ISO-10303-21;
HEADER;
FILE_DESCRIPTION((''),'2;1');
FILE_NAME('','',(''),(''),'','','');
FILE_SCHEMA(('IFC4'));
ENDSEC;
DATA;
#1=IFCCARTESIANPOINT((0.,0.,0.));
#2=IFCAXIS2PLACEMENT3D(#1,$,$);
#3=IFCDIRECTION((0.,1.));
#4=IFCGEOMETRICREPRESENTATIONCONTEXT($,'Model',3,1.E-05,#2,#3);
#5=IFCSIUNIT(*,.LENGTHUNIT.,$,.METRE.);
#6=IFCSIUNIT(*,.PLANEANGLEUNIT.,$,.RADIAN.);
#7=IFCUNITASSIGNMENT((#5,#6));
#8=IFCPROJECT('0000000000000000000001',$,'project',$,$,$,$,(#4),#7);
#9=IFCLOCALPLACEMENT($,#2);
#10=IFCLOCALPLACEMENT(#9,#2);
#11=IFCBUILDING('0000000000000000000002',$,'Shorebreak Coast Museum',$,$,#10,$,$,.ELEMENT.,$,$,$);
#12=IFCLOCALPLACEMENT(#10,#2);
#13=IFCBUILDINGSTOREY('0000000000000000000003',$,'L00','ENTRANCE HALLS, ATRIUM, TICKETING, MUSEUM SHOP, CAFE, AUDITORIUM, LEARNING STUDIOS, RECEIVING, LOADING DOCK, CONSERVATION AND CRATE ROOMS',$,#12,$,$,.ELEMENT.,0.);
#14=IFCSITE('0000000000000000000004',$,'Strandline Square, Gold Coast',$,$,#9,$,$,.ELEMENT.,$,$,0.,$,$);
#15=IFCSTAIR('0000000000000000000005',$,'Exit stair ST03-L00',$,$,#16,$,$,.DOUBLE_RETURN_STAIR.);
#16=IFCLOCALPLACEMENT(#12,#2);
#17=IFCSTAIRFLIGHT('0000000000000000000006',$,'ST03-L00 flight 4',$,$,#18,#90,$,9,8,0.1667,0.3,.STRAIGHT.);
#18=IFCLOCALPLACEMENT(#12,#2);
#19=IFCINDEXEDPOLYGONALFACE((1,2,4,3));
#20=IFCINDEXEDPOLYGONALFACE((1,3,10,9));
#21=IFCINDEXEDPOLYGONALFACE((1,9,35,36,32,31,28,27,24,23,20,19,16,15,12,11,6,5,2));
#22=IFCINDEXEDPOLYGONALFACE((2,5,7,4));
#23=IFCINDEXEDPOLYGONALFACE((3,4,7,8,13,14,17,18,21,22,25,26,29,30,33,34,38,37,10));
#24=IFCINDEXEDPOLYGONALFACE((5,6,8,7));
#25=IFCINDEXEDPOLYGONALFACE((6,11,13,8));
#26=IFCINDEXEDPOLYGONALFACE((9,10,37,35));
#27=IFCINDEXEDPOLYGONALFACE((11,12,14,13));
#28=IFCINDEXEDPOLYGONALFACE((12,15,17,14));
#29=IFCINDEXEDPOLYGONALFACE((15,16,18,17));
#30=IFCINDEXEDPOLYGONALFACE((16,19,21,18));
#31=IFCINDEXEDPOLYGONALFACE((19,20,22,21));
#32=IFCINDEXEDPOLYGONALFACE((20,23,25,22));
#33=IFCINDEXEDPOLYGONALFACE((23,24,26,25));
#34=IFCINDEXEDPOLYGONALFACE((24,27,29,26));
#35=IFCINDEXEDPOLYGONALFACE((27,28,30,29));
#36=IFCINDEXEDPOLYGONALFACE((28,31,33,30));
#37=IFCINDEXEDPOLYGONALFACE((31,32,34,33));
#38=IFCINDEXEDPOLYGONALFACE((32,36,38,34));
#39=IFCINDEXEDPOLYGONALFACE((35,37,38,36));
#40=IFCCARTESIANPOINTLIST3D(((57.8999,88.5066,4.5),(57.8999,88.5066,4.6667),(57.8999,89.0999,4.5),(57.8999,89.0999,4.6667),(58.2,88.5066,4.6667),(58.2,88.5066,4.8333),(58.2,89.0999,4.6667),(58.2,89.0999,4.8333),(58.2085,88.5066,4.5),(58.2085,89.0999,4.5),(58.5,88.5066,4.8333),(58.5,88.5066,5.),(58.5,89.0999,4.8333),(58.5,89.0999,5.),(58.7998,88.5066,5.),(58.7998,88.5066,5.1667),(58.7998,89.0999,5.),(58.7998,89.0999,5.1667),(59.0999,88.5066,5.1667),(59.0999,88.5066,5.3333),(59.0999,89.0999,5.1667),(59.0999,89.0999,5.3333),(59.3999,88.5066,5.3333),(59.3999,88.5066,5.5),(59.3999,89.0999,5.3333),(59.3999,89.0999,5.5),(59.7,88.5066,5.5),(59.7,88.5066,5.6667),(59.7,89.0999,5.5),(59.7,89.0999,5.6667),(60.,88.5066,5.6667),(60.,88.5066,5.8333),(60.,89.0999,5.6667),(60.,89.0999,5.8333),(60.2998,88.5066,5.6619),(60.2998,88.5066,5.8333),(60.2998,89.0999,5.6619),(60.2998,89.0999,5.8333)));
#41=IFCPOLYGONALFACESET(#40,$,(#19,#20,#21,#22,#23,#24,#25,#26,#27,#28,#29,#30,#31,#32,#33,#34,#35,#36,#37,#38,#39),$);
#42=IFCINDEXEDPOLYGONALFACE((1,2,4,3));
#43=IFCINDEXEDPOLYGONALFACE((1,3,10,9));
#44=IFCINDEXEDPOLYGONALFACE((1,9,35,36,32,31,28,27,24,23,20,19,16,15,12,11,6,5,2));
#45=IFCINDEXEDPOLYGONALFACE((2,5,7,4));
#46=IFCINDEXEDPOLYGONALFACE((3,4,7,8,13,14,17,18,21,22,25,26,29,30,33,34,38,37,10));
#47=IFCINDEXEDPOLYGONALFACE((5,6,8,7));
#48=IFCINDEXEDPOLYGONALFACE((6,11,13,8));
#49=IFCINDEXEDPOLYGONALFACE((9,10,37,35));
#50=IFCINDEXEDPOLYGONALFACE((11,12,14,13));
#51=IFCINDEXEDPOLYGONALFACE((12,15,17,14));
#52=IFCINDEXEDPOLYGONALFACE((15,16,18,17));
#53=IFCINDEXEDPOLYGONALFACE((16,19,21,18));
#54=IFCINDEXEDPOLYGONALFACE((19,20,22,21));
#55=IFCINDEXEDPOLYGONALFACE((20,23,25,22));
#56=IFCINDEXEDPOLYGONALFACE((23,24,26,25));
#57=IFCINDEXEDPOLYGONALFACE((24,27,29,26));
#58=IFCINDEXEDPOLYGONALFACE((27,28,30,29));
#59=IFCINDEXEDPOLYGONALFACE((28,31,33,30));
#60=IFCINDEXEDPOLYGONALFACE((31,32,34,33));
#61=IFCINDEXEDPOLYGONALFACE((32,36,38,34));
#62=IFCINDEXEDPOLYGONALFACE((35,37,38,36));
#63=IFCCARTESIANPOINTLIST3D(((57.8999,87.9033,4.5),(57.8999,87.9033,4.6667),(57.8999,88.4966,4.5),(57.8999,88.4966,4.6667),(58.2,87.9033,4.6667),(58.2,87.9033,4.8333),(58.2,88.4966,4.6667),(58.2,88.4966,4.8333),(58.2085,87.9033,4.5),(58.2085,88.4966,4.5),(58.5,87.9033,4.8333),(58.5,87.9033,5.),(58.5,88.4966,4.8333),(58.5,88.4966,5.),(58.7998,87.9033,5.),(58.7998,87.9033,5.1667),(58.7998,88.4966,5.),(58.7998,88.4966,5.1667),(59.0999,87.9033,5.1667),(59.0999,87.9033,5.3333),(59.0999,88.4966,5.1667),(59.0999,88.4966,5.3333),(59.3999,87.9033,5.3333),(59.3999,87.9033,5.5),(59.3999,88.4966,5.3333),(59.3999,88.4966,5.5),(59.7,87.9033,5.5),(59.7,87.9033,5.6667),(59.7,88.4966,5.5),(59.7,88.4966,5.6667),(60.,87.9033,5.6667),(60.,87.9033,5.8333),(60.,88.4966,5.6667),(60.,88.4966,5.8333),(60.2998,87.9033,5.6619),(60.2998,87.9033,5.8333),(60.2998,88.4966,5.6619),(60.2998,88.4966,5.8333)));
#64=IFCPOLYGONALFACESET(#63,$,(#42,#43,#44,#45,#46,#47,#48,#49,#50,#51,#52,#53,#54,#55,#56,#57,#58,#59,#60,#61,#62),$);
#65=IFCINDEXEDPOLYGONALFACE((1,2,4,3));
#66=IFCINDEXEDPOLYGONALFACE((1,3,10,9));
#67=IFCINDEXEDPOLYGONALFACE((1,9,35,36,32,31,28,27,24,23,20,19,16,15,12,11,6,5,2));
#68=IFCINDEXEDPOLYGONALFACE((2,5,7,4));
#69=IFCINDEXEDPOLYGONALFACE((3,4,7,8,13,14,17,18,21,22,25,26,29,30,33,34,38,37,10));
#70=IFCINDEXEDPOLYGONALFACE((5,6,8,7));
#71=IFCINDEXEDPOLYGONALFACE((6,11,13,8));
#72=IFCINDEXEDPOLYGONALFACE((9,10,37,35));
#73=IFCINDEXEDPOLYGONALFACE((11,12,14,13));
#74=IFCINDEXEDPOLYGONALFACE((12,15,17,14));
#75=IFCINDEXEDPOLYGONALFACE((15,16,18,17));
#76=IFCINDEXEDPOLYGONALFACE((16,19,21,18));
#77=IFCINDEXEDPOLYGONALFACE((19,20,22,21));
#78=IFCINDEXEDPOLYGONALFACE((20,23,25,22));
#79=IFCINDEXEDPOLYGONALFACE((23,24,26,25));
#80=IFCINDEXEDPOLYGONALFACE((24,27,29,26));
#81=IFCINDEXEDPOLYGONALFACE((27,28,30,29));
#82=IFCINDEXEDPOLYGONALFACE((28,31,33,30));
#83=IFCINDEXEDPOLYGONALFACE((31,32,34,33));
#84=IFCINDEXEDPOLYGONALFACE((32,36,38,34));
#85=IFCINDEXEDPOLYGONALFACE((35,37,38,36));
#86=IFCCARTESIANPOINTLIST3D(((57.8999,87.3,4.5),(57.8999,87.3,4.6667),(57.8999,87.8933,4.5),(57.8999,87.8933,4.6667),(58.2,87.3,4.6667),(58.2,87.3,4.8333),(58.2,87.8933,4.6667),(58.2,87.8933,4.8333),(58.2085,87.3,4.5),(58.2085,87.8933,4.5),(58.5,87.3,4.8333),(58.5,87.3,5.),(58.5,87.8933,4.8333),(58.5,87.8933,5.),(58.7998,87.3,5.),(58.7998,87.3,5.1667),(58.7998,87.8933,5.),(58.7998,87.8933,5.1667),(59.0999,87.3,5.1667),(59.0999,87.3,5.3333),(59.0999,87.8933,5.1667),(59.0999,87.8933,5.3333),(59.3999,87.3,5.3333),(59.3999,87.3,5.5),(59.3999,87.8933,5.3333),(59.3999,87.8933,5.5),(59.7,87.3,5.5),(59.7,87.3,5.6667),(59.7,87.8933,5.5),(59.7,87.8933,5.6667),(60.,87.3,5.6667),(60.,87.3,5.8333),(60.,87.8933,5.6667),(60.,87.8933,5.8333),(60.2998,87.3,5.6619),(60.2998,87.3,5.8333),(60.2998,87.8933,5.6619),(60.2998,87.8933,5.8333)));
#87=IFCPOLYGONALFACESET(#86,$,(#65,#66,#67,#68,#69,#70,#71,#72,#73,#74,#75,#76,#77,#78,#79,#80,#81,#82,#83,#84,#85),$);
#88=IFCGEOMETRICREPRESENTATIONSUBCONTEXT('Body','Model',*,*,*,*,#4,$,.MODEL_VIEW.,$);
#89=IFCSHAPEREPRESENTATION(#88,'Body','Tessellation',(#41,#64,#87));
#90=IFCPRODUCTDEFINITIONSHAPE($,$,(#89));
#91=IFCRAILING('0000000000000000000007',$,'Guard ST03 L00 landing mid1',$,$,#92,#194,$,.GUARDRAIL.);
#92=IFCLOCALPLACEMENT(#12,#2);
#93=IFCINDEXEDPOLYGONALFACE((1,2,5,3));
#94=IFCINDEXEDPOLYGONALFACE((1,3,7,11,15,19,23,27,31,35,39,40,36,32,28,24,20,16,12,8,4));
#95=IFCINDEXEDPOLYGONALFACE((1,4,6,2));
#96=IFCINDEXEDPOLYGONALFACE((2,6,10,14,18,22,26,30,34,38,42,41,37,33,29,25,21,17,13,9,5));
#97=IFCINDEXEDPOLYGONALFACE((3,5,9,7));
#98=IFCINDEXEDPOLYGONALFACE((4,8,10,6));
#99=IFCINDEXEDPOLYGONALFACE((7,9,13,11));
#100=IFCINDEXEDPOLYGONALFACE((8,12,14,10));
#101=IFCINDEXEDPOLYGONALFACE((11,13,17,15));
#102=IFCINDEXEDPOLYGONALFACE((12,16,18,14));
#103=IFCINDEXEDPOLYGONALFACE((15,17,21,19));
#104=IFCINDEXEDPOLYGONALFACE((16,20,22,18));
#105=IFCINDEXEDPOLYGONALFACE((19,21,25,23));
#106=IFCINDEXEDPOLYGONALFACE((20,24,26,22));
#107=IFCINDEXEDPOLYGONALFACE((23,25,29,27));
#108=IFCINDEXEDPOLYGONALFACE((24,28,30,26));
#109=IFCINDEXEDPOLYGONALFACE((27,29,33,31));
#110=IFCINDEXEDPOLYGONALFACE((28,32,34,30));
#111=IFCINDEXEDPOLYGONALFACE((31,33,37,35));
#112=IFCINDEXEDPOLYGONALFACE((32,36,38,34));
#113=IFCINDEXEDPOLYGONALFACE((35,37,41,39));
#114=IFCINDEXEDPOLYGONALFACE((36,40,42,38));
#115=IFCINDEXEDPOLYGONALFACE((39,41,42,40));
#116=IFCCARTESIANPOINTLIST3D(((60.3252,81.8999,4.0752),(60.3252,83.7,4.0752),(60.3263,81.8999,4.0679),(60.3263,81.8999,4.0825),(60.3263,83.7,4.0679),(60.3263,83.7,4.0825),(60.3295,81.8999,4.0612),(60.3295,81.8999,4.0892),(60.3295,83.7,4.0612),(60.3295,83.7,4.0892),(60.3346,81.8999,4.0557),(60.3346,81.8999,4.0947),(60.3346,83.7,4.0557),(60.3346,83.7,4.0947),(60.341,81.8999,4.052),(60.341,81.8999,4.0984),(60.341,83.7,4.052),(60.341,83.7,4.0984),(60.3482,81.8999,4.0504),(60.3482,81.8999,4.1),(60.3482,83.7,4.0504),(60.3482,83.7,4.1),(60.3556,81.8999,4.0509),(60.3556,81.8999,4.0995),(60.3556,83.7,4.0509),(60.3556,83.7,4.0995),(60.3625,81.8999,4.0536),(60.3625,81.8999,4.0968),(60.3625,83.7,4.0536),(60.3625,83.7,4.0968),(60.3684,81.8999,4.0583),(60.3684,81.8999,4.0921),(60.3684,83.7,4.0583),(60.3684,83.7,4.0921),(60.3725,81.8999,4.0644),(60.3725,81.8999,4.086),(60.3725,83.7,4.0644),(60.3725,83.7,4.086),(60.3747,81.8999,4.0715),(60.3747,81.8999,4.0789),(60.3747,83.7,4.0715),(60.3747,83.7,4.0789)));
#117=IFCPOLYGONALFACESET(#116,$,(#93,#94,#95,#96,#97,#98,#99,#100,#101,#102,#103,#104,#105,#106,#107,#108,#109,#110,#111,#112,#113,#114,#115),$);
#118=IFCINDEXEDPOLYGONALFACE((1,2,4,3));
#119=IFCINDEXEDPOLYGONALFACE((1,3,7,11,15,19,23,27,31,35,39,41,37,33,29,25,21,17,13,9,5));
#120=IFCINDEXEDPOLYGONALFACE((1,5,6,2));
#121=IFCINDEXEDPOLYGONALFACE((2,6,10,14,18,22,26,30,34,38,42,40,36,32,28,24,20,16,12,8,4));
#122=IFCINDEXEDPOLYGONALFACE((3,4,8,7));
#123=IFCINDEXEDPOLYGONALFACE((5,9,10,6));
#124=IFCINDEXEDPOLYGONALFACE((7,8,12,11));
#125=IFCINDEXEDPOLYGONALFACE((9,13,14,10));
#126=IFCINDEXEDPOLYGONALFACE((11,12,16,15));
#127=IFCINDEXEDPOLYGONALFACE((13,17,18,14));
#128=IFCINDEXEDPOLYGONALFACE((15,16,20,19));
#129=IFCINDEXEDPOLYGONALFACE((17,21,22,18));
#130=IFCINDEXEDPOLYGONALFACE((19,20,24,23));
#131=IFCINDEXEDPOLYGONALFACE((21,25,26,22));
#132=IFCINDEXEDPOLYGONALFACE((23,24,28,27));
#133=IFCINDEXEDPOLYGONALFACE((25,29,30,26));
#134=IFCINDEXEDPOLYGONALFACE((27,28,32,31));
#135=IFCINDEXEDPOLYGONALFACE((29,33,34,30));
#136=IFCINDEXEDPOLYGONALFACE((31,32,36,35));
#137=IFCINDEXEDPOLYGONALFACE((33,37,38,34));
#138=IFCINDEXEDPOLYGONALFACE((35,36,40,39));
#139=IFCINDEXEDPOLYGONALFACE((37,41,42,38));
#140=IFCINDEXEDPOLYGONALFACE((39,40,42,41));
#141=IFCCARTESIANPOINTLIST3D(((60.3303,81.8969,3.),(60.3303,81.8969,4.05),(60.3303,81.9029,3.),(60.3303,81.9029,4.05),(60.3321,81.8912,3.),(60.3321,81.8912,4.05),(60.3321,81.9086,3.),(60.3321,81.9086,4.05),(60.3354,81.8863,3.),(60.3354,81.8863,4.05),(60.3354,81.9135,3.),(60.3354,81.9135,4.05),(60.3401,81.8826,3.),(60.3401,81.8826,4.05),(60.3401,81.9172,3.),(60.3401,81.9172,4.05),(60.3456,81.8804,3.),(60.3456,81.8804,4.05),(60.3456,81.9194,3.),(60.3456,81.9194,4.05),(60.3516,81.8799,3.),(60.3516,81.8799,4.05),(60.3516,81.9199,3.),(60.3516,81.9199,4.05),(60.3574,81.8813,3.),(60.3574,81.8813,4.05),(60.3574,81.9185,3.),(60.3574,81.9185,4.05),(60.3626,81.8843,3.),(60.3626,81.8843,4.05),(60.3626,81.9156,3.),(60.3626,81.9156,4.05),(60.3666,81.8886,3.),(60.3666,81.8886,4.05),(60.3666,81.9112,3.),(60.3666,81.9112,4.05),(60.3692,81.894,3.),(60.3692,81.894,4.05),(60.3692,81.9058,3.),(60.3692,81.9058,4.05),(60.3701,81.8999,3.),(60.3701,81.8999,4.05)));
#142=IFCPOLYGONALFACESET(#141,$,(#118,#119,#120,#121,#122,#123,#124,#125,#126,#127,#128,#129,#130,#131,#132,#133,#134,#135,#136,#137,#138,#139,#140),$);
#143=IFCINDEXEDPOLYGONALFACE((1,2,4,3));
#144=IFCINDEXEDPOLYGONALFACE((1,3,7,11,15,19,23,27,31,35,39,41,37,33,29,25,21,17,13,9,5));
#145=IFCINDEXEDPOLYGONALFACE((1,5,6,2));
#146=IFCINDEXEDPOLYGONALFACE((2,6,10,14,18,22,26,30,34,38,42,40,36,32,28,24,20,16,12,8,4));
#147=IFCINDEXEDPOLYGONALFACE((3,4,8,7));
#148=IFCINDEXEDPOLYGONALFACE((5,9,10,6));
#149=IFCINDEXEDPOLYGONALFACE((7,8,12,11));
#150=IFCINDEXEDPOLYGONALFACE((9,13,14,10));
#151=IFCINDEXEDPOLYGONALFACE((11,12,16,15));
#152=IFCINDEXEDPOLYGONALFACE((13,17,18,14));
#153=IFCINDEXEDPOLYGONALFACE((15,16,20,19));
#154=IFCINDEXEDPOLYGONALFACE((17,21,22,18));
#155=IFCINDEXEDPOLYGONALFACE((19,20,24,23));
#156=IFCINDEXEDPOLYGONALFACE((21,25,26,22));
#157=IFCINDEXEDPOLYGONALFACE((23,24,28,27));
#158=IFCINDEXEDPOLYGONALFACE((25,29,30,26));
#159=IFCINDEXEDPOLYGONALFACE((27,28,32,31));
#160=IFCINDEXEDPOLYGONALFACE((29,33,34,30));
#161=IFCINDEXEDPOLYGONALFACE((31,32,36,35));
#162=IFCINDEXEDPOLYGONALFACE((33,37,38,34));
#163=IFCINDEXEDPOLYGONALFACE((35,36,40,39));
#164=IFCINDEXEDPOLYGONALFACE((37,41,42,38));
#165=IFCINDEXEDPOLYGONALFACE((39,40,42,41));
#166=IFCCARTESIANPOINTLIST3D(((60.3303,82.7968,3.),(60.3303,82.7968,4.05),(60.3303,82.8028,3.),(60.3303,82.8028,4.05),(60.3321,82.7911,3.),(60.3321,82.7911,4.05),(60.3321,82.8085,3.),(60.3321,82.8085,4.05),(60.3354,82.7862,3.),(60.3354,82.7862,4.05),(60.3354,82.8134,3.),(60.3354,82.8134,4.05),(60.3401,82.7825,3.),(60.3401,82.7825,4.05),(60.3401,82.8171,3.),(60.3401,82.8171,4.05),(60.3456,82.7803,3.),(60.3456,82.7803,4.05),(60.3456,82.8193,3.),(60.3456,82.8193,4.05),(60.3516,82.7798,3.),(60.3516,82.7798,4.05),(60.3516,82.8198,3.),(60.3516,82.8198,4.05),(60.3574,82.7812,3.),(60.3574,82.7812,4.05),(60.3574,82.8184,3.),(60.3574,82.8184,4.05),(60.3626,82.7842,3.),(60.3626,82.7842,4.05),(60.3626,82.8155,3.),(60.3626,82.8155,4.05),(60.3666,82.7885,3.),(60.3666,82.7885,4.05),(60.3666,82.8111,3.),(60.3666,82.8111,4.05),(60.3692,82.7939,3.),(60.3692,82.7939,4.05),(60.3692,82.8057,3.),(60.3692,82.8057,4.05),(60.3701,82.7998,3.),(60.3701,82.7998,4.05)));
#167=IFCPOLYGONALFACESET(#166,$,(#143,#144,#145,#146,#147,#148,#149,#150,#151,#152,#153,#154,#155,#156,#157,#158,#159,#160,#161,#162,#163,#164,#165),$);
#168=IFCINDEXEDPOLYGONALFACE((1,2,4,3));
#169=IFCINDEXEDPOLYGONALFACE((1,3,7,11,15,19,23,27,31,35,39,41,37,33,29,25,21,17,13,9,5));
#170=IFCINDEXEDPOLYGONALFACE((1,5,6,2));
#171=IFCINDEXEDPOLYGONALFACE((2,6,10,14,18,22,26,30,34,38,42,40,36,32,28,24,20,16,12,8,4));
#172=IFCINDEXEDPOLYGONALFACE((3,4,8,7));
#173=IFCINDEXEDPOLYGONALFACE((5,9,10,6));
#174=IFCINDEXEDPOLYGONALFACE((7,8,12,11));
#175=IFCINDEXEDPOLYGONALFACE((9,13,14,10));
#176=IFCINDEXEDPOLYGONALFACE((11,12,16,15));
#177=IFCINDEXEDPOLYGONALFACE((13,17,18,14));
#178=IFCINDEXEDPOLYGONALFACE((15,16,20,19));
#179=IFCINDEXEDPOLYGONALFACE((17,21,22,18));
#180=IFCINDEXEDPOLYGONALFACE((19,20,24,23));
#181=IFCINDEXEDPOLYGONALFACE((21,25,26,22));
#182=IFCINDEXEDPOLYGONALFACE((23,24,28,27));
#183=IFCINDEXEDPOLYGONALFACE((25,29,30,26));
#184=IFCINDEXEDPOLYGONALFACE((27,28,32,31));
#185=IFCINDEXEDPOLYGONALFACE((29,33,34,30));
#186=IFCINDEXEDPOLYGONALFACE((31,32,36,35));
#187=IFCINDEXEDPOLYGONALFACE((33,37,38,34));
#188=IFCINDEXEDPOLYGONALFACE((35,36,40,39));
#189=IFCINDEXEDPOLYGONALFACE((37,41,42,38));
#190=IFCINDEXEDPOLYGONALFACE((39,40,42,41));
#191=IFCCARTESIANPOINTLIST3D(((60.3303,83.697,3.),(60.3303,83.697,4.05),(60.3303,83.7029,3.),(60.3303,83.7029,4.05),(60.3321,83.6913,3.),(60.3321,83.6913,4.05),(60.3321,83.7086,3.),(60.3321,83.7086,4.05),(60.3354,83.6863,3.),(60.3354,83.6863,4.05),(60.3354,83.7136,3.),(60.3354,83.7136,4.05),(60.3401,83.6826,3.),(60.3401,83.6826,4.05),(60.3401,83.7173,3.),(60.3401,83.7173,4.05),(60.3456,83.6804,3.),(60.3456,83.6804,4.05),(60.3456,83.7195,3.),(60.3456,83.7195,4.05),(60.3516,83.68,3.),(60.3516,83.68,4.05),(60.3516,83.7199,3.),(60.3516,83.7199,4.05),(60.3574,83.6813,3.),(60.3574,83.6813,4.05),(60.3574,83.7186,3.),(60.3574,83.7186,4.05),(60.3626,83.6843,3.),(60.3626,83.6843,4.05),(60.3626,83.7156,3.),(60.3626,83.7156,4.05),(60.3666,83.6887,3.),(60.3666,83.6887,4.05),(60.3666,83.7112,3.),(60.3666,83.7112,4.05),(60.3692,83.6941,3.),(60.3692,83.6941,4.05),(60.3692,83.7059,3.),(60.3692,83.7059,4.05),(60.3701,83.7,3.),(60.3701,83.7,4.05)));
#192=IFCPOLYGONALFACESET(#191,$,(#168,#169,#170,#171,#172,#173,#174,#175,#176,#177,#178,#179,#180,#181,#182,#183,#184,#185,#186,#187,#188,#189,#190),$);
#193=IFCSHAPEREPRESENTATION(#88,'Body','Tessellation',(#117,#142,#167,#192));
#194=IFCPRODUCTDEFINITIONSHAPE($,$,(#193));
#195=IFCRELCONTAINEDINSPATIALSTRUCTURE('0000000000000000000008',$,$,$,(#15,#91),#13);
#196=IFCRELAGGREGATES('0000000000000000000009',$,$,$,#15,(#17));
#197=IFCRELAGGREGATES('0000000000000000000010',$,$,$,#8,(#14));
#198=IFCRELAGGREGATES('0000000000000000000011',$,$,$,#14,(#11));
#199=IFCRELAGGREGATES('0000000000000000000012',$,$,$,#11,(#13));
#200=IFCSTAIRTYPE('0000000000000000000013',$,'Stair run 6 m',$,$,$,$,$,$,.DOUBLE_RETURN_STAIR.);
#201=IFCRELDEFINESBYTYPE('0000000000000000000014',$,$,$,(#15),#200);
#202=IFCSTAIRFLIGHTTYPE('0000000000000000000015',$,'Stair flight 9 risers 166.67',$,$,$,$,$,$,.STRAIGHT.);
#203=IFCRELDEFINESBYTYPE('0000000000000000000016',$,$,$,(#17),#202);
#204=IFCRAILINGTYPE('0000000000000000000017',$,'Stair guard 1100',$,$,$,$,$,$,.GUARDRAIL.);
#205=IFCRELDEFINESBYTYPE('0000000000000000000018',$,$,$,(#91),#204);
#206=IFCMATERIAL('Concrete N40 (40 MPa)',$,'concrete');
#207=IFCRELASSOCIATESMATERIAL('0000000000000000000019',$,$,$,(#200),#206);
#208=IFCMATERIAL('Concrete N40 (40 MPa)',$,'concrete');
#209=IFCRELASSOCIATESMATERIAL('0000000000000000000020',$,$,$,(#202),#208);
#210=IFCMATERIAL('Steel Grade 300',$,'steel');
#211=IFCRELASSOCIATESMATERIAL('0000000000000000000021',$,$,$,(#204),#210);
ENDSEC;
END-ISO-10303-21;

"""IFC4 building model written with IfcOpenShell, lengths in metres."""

from ifc_helpers import new_model, si_unit, direction, frame, origin, origin_2d, place, context, subcontext, project, spatial, polyline, circle, outline, extrude, material, type_object, element, aggregate, save


model = new_model("IFC4")

# Units and contexts
model_context = context("Model", 3, precision=1e-05, world=origin(), true_north=direction((0.0, 1.0)))
body_context = subcontext(model_context, "Body", "Model", "MODEL_VIEW")
ifc_project = project(units=[si_unit("LENGTHUNIT", "METRE"), si_unit("PLANEANGLEUNIT", "RADIAN")], contexts=[model_context])

# Site, building, storey
site_placement = place(None, origin())
site = spatial("IfcSite", under=ifc_project, at=site_placement, Name="Strandline Square, Gold Coast", CompositionType="ELEMENT", RefElevation=0.0)
building_placement = place(site_placement, origin())
building = spatial("IfcBuilding", under=site, at=building_placement, Name="Shorebreak Coast Museum", CompositionType="ELEMENT")
storey_placement = place(building_placement, origin())
storey = spatial("IfcBuildingStorey", under=building, at=storey_placement, Name="L00", Description="ENTRANCE HALLS, ATRIUM, TICKETING, MUSEUM SHOP, CAFE, AUDITORIUM, LEARNING STUDIOS, RECEIVING, LOADING DOCK, CONSERVATION AND CRATE ROOMS", CompositionType="ELEMENT", Elevation=0.0)

# Stair, stair flight
ifc_material_1 = material(Name="Concrete N40 (40 MPa)", Category="concrete")
stair_type = type_object("IfcStairType", Name="Stair run 6 m", PredefinedType="DOUBLE_RETURN_STAIR", material=ifc_material_1)
stair_placement = place(storey_placement, origin())
stair = element("IfcStair", 1, at=stair_placement, inside=storey, type_object=stair_type, Name="Exit stair ST03-L00", PredefinedType="DOUBLE_RETURN_STAIR")
ifc_material_2 = material(Name="Concrete N40 (40 MPa)", Category="concrete")
stair_flight_type = type_object("IfcStairFlightType", Name="Stair flight 9 risers 166.67", PredefinedType="STRAIGHT", material=ifc_material_2)
stair_flight_1_placement = place(storey_placement, frame((57.8999, 88.2, 4.5), z_axis=(0.0, 0.0, 1.0), x_axis=(1.0, 0.0, 0.0)))
stair_flight_1 = element("IfcStairFlight", 2, at=stair_flight_1_placement, type_object=stair_flight_type, Name="ST03-L00 flight 4", NumberOfRisers=9, NumberOfTreads=8, PredefinedType="STRAIGHT", RiserHeight=0.1667, TreadLength=0.3, context=body_context, shape_type="SweptSolid", body=[
    extrude(outline(polyline([(0.0, 0.0), (0.0, 0.1667), (0.3, 0.1667), (0.3, 0.3333), (0.6001, 0.3333), (0.6001, 0.5), (0.8999, 0.5), (0.8999, 0.6667), (1.2, 0.6667), (1.2, 0.8333), (1.5, 0.8333), (1.5, 1.0), (1.8, 1.0), (1.8, 1.1667), (2.1001, 1.1667), (2.1001, 1.3333), (2.3999, 1.3333), (2.3999, 1.5), (2.3999, 1.1619), (0.3086, 0.0), (0.0, 0.0)])), frame((0.0, 0.8999, 0.0), z_axis=(0.0, -1.0, 0.0), x_axis=(1.0, 0.0, 0.0)), (0.0, 0.0, 1.0), 0.5933),
    extrude(outline(polyline([(0.0, 0.0), (0.0, 0.1667), (0.3, 0.1667), (0.3, 0.3333), (0.6001, 0.3333), (0.6001, 0.5), (0.8999, 0.5), (0.8999, 0.6667), (1.2, 0.6667), (1.2, 0.8333), (1.5, 0.8333), (1.5, 1.0), (1.8, 1.0), (1.8, 1.1667), (2.1001, 1.1667), (2.1001, 1.3333), (2.3999, 1.3333), (2.3999, 1.5), (2.3999, 1.1619), (0.3086, 0.0), (0.0, 0.0)])), frame((0.0, 0.2966, 0.0), z_axis=(0.0, -1.0, 0.0), x_axis=(1.0, 0.0, 0.0)), (0.0, 0.0, 1.0), 0.5933),
    extrude(outline(polyline([(0.0, 0.0), (0.0, 0.1667), (0.3, 0.1667), (0.3, 0.3333), (0.6001, 0.3333), (0.6001, 0.5), (0.8999, 0.5), (0.8999, 0.6667), (1.2, 0.6667), (1.2, 0.8333), (1.5, 0.8333), (1.5, 1.0), (1.8, 1.0), (1.8, 1.1667), (2.1001, 1.1667), (2.1001, 1.3333), (2.3999, 1.3333), (2.3999, 1.5), (2.3999, 1.1619), (0.3086, 0.0), (0.0, 0.0)])), frame((0.0, -0.3066, 0.0), z_axis=(0.0, -1.0, 0.0), x_axis=(1.0, 0.0, 0.0)), (0.0, 0.0, 1.0), 0.5933),
])
aggregate(stair, [stair_flight_1])

# Railing
ifc_material_3 = material(Name="Steel Grade 300", Category="steel")
railing_type_1 = type_object("IfcRailingType", Name="Stair guard 1100", PredefinedType="GUARDRAIL", material=ifc_material_3)
for number, where, name in (
    (3, (60.3501, 81.8999, 3.0), "Guard ST03 L00 landing mid1"),
):
    element("IfcRailing", number, at=place(storey_placement, frame(where)), inside=storey, type_object=railing_type_1, Name=name, PredefinedType="GUARDRAIL", context=body_context, shape_type="SweptSolid", body=[
        extrude(circle(Radius=0.0249, at=origin_2d()), frame((0.0, 0.0, 1.0752), z_axis=(0.0, 1.0, 0.0), x_axis=(-1.0, 0.0, 0.0)), (0.0, 0.0, 1.0), 1.8),
        extrude(circle(Radius=0.02, at=origin_2d()), origin(), (0.0, 0.0, 1.0), 1.05),
        extrude(circle(Radius=0.02, at=origin_2d()), frame((0.0, 0.8999, 0.0)), (0.0, 0.0, 1.0), 1.05),
        extrude(circle(Radius=0.02, at=origin_2d()), frame((0.0, 1.8, 0.0)), (0.0, 0.0, 1.0), 1.05),
    ])

save(model, "model.ifc")
